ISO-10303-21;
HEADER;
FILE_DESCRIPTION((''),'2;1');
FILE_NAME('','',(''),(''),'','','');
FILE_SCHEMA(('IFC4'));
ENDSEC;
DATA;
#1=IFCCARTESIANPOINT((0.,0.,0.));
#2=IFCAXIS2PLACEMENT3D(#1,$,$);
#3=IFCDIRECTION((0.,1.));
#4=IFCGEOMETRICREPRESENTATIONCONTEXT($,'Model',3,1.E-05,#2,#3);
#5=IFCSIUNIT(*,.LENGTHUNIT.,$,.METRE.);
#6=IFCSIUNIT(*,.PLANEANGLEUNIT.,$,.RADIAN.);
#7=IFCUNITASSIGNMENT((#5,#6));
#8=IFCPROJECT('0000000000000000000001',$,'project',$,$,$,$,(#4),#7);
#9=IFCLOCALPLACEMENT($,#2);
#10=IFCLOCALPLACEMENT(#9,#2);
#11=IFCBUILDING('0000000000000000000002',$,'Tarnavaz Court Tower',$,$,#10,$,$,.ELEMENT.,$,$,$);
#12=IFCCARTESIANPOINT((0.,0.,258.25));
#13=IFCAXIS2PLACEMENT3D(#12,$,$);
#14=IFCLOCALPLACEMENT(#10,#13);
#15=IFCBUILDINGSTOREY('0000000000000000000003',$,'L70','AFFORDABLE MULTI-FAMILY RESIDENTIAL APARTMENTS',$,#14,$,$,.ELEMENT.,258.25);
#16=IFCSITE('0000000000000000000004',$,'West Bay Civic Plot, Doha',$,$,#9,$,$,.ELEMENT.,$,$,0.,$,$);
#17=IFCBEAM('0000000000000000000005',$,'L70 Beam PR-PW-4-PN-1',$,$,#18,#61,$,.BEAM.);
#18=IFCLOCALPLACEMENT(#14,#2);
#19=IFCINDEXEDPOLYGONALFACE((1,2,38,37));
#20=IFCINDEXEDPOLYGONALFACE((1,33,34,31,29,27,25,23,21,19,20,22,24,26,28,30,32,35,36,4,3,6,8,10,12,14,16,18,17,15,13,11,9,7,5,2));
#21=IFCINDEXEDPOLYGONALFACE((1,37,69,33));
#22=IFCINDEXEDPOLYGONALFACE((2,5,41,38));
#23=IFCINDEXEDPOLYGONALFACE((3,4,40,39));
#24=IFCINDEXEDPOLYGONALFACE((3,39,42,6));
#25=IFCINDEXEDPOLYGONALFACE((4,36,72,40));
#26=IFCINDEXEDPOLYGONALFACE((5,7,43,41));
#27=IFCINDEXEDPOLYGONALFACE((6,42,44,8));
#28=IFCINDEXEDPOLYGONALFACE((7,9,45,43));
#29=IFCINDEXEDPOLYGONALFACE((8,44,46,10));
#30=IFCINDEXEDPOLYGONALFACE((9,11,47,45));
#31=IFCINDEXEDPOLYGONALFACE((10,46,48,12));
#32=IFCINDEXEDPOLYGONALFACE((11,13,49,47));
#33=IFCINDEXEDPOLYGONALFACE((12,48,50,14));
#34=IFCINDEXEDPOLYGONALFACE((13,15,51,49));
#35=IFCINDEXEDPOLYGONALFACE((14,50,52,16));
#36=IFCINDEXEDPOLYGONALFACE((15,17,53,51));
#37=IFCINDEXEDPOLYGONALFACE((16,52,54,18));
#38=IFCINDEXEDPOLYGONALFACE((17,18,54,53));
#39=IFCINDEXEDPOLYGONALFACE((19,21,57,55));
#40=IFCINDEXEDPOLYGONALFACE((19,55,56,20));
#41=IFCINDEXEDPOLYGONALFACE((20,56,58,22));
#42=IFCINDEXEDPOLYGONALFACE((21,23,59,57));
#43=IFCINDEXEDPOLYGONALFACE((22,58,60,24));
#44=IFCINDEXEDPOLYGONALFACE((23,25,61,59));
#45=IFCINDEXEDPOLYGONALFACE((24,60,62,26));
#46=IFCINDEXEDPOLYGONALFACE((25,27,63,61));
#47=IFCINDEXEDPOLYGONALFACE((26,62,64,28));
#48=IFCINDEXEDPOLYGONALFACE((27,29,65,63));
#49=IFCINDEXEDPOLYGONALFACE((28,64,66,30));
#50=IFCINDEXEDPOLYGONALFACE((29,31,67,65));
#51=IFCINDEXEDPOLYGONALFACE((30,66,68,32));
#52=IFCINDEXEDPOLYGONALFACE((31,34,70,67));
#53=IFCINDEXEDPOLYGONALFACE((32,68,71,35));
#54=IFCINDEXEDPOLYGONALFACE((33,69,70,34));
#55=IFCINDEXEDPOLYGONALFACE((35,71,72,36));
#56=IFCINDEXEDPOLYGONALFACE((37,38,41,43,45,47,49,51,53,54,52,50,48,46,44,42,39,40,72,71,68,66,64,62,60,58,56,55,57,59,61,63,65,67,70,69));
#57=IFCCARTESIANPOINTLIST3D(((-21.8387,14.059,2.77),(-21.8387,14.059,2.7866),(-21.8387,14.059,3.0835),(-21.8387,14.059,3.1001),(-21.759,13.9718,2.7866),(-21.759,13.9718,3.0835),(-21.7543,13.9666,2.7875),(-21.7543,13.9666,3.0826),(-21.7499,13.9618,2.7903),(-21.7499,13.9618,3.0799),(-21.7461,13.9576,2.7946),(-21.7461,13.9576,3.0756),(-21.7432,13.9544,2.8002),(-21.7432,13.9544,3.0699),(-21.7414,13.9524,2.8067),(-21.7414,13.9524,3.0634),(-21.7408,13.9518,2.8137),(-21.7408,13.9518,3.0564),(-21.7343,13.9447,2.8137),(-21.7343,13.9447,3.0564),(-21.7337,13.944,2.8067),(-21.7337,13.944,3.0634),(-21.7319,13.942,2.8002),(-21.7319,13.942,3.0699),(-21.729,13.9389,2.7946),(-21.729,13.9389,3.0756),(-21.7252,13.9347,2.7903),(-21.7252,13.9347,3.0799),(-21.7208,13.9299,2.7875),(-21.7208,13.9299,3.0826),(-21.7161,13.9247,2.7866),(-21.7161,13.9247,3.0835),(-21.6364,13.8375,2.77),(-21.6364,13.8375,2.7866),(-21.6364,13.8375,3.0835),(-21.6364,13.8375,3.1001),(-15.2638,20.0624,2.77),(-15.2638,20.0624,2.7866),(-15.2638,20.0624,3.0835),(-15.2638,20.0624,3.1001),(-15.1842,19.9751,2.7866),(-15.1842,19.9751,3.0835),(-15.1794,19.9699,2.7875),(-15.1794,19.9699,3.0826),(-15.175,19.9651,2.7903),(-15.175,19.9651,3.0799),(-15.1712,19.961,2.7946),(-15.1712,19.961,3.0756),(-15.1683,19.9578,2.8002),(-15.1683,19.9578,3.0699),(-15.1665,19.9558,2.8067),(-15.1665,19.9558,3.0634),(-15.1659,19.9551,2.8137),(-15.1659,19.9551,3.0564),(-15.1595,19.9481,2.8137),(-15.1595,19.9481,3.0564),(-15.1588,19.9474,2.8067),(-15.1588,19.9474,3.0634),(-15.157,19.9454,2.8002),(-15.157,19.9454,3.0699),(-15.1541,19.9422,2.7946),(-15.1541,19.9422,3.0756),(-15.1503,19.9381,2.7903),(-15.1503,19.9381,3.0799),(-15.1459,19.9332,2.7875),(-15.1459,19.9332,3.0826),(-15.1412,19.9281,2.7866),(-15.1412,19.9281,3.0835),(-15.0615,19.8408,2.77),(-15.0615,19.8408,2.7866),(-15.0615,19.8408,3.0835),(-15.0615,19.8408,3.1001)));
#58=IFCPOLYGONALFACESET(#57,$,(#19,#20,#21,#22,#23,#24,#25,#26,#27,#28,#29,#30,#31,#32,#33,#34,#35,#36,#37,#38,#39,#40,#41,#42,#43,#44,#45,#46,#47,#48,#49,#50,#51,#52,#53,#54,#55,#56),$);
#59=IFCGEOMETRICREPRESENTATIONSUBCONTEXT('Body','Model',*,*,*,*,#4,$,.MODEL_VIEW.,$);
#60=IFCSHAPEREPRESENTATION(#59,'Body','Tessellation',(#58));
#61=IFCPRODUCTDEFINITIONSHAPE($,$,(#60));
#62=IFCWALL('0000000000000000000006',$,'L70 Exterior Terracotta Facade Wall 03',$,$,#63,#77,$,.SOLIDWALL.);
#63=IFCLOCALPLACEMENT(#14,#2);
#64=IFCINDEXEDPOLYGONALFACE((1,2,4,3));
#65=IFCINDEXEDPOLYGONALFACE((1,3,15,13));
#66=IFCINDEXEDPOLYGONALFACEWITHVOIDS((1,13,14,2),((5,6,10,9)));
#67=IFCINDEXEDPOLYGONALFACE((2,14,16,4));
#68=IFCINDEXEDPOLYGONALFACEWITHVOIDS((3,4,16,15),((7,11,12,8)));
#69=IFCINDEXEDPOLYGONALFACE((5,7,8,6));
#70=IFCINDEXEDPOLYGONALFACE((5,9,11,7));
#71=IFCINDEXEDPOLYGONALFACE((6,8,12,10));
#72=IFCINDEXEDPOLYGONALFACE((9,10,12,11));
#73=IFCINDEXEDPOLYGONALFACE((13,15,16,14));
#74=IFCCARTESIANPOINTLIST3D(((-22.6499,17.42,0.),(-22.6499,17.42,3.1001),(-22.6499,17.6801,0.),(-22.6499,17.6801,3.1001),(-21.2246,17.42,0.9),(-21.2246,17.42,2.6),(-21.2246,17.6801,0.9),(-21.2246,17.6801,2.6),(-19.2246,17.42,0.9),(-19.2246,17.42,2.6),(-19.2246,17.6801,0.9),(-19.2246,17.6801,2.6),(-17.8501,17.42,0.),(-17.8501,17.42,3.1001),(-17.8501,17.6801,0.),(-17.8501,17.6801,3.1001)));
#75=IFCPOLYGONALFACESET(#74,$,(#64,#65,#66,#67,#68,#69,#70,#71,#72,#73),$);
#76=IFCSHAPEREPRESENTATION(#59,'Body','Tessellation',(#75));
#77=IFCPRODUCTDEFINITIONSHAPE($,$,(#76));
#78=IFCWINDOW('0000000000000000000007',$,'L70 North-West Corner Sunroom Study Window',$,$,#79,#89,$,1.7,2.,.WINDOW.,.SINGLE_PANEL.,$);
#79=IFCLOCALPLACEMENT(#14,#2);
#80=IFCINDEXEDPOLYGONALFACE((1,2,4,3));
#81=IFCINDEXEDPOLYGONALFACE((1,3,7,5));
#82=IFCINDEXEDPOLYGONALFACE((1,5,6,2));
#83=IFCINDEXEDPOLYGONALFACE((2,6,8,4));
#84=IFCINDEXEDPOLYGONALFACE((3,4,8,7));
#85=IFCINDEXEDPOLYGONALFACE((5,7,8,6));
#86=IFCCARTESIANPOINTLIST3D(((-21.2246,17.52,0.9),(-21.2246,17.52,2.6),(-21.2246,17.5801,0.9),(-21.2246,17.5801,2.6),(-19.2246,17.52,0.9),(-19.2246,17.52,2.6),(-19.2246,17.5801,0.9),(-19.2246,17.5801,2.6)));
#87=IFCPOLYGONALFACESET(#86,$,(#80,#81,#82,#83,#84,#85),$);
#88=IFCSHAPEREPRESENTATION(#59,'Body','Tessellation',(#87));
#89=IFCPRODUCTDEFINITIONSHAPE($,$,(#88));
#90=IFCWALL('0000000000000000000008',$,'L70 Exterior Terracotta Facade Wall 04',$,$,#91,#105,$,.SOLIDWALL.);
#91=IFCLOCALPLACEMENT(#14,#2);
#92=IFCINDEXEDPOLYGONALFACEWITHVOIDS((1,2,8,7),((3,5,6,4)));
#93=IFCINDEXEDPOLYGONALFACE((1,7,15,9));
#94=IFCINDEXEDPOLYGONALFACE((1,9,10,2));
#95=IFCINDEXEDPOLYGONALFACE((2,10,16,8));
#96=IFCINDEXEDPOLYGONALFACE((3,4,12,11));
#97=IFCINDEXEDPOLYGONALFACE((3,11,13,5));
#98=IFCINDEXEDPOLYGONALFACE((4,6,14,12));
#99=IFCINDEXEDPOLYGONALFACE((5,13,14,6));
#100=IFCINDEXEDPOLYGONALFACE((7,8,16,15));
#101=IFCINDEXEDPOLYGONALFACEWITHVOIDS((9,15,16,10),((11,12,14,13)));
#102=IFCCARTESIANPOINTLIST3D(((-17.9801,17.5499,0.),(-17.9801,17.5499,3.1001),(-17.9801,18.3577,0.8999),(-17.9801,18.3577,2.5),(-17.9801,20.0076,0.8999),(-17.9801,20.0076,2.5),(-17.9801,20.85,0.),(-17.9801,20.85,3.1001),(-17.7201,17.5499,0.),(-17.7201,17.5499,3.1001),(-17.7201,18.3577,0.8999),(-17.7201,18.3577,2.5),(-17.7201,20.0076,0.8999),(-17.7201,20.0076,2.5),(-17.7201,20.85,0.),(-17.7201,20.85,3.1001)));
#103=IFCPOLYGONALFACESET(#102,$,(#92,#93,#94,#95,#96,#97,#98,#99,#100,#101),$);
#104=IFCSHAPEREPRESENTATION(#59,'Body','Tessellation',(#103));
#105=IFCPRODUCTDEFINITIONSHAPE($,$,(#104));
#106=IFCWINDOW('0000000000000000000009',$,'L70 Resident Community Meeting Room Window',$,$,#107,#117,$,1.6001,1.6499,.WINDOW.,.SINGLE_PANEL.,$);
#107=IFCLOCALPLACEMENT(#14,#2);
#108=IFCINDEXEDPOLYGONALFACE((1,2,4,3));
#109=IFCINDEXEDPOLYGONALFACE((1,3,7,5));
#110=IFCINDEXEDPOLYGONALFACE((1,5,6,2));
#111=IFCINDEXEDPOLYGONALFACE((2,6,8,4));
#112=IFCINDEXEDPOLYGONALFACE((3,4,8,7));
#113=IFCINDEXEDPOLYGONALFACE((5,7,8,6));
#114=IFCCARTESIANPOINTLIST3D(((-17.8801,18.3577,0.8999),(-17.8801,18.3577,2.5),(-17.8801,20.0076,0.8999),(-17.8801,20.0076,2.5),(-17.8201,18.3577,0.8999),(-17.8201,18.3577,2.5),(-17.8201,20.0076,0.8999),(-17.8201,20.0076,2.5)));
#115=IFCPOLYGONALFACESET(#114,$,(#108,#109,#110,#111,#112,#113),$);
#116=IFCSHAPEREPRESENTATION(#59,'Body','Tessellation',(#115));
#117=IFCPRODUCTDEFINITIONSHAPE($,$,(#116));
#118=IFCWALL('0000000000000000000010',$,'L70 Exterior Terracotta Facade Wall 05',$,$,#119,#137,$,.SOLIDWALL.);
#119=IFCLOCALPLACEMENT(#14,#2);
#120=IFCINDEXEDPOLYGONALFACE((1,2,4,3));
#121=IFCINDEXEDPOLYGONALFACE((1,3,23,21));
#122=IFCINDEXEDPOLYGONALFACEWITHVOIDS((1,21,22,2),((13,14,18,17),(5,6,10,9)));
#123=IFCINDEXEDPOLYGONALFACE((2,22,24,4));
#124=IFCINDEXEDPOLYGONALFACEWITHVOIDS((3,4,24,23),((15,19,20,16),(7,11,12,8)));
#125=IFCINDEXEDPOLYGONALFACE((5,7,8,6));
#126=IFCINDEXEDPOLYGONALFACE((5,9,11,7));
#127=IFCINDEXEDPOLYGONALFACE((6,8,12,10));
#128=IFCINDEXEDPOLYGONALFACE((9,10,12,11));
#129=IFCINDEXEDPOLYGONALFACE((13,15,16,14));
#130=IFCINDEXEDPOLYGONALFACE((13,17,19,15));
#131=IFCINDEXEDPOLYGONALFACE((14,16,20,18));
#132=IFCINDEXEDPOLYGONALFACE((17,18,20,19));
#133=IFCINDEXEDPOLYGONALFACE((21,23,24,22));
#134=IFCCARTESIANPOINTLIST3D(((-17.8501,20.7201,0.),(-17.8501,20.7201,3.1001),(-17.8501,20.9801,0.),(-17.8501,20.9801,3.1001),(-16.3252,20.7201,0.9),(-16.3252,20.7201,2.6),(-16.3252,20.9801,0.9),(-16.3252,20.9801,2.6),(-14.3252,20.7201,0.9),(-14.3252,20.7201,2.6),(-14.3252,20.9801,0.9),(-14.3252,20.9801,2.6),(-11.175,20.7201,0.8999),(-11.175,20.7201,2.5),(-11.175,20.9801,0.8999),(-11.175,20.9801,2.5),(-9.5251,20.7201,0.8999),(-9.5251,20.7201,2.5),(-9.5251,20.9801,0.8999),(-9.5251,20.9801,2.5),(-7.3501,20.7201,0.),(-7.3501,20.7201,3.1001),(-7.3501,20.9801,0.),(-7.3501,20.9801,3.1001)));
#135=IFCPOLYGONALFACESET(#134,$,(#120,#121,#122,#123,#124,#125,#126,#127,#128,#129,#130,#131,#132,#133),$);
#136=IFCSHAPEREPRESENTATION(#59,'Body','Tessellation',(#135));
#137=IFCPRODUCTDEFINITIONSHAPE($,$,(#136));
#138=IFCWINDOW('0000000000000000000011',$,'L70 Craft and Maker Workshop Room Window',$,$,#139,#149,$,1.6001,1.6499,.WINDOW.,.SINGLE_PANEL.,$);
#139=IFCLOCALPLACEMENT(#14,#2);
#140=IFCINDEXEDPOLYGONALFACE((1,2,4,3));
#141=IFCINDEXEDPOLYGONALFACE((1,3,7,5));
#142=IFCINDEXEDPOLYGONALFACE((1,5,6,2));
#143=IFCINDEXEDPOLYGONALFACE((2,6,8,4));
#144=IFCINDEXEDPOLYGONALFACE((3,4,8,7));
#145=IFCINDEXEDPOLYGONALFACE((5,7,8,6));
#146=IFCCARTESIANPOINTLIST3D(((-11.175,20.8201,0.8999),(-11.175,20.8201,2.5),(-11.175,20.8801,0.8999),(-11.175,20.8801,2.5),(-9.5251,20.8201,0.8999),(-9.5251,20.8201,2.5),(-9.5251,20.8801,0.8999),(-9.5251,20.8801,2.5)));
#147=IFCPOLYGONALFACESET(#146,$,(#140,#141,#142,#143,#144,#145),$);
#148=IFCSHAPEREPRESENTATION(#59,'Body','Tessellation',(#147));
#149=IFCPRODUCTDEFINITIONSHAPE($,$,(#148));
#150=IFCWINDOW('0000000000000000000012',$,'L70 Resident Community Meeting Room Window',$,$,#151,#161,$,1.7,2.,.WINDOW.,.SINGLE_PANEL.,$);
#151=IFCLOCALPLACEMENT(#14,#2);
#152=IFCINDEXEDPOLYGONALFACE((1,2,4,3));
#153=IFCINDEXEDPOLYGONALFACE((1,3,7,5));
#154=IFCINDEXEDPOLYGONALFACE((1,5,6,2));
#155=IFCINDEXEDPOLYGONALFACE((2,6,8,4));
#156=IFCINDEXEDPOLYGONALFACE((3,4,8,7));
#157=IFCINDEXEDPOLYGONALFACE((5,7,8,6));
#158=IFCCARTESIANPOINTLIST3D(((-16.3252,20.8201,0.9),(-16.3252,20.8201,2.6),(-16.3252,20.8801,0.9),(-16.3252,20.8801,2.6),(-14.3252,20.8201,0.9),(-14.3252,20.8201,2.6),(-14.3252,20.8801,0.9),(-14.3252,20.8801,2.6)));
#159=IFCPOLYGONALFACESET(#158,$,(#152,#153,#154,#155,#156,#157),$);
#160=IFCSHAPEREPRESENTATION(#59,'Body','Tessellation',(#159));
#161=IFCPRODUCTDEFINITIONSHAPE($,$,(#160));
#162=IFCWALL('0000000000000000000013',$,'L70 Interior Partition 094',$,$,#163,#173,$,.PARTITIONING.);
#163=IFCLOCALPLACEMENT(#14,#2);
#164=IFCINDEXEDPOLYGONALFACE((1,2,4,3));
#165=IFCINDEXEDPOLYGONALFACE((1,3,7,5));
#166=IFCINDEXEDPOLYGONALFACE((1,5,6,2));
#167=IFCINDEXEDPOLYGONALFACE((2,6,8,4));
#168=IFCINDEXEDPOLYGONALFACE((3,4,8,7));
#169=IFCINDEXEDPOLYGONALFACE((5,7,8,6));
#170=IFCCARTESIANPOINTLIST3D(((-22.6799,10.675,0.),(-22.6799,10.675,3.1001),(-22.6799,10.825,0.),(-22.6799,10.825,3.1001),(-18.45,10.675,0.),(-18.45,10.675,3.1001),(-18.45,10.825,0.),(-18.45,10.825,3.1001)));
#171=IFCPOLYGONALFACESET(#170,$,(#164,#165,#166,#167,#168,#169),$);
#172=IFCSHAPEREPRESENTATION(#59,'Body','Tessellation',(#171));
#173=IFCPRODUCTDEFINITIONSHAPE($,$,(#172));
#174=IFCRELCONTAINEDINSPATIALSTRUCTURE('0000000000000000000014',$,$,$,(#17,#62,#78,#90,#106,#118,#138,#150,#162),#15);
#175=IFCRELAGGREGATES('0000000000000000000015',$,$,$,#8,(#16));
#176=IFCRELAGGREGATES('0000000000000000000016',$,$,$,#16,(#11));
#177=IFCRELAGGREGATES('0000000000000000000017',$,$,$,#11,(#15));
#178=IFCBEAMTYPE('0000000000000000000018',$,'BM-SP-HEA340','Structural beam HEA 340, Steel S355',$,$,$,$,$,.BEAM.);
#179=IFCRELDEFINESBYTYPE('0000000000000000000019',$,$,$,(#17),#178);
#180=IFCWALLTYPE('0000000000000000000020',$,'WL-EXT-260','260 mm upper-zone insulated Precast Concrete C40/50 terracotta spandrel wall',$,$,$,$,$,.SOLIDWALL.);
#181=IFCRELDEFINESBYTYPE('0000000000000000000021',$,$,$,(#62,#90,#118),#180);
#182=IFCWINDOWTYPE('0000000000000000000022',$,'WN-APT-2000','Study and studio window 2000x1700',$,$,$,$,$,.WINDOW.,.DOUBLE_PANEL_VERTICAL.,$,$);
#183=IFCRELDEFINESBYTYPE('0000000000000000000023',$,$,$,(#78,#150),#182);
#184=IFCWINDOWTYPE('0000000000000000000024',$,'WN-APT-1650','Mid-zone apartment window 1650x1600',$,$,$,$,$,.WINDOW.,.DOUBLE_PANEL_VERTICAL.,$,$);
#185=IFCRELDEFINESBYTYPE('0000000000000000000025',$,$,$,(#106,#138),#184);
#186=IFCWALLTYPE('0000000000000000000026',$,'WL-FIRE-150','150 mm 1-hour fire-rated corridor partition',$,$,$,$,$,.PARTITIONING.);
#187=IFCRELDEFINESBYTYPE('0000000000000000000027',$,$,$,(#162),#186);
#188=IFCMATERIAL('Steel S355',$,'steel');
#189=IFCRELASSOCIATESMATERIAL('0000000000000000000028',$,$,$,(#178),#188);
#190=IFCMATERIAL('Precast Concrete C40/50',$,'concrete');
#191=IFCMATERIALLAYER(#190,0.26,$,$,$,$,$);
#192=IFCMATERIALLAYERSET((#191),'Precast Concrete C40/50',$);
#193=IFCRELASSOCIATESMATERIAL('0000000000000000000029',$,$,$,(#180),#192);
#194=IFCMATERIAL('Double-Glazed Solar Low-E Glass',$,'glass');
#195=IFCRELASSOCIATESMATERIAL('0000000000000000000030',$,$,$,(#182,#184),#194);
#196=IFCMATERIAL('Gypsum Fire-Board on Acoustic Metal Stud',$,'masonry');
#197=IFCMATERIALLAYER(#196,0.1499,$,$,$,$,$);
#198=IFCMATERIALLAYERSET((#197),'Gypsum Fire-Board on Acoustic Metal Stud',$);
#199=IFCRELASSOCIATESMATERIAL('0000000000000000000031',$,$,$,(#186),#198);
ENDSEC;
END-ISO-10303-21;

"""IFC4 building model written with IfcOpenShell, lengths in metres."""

from ifc_helpers import new_model, si_unit, direction, frame, frame_2d, origin, origin_2d, place, context, subcontext, project, spatial, rectangle, i_section, extrude, material, layer, layer_set, material_profile, profile_set, type_object, element, fill, save


model = new_model("IFC4")

# Units and contexts
model_context = context("Model", 3, precision=1e-05, world=origin(), true_north=direction((0.0, 1.0)))
body_context = subcontext(model_context, "Body", "Model", "MODEL_VIEW")
ifc_project = project(units=[si_unit("LENGTHUNIT", "METRE"), si_unit("PLANEANGLEUNIT", "RADIAN")], contexts=[model_context])

# Site, building, storey
site_placement = place(None, origin())
site = spatial("IfcSite", under=ifc_project, at=site_placement, Name="West Bay Civic Plot, Doha", CompositionType="ELEMENT", RefElevation=0.0)
building_placement = place(site_placement, origin())
building = spatial("IfcBuilding", under=site, at=building_placement, Name="Tarnavaz Court Tower", CompositionType="ELEMENT")
storey_placement = place(building_placement, frame((0.0, 0.0, 258.25)))
storey = spatial("IfcBuildingStorey", under=building, at=storey_placement, Name="L70", Description="AFFORDABLE MULTI-FAMILY RESIDENTIAL APARTMENTS", CompositionType="ELEMENT", Elevation=258.25)

# Beam
ifc_material_1 = material(Name="Steel S355", Category="steel")
ifc_material_profile_1 = material_profile(ifc_material_1, i_section(OverallWidth=0.3, OverallDepth=0.3301, WebThickness=0.0095, FlangeThickness=0.0166, FilletRadius=0.0271, at=origin_2d()), Name="HEA 340")
ifc_profile_set_1 = profile_set([ifc_material_profile_1], Name="Steel S355")
beam_type_1 = type_object("IfcBeamType", Name="BM-SP-HEA340", Description="Structural beam HEA 340, Steel S355", PredefinedType="BEAM", material=ifc_profile_set_1)
beam_1_placement = place(storey_placement, frame((-21.7375, 13.9482, 2.9351), z_axis=(0.738474, 0.674282, 0.0), x_axis=(-0.674282, 0.738474, 0.0)))
element("IfcBeam", 1, at=beam_1_placement, inside=storey, type_object=beam_type_1, Name="L70 Beam PR-PW-4-PN-1", PredefinedType="BEAM", context=body_context, shape_type="SweptSolid", body=[
    extrude(i_section(OverallWidth=0.3, OverallDepth=0.3301, WebThickness=0.0095, FlangeThickness=0.0166, FilletRadius=0.0271, at=origin_2d()), origin(), (0.0, 0.0, 1.0), 8.9033),
])

# Walls, openings, windows
ifc_material_2 = material(Name="Precast Concrete C40/50", Category="concrete")
ifc_layer_1 = layer(ifc_material_2, 0.26)
ifc_layer_set_1 = layer_set([ifc_layer_1], Name="Precast Concrete C40/50")
wall_type_1 = type_object("IfcWallType", Name="WL-EXT-260", Description="260 mm upper-zone insulated Precast Concrete C40/50 terracotta spandrel wall", PredefinedType="SOLIDWALL", material=ifc_layer_set_1)
wall_1_placement = place(storey_placement, frame((-22.6499, 17.55, 0.0), z_axis=(0.0, 0.0, 1.0), x_axis=(1.0, 0.0, 0.0)))
wall_1 = element("IfcWall", 2, at=wall_1_placement, inside=storey, type_object=wall_type_1, Name="L70 Exterior Terracotta Facade Wall 03", PredefinedType="SOLIDWALL", context=body_context, shape_type="SweptSolid", body=[
    extrude(rectangle(XDim=4.7998, YDim=0.26, at=frame_2d((2.3999, 0.0))), origin(), (0.0, 0.0, 1.0), 3.1001),
])
opening_1_placement = place(wall_1_placement, frame((1.4253, 0.0, 0.8999)))
opening_1 = element("IfcOpeningElement", 3, at=opening_1_placement, cuts=wall_1, PredefinedType="OPENING", context=body_context, shape_type="SweptSolid", body=[
    extrude(rectangle(XDim=2.0, YDim=1.7, at=frame_2d((1.0, 0.8501))), frame((0.0, 0.1399, 0.0), z_axis=(0.0, -1.0, 0.0), x_axis=(1.0, 0.0, 0.0)), (0.0, 0.0, 1.0), 0.28),
])
ifc_material_3 = material(Name="Double-Glazed Solar Low-E Glass", Category="glass")
window_type_1 = type_object("IfcWindowType", Name="WN-APT-2000", Description="Study and studio window 2000x1700", PartitioningType="DOUBLE_PANEL_VERTICAL", PredefinedType="WINDOW", material=ifc_material_3)
window_1_placement = place(opening_1_placement, origin())
window_1 = element("IfcWindow", 4, at=window_1_placement, inside=storey, type_object=window_type_1, Name="L70 North-West Corner Sunroom Study Window", OverallHeight=1.7, OverallWidth=2.0, PartitioningType="SINGLE_PANEL", PredefinedType="WINDOW", context=body_context, shape_type="SweptSolid", body=[
    extrude(rectangle(XDim=2.0, YDim=1.7, at=frame_2d((1.0, 0.8501))), frame((0.0, 0.03, 0.0), z_axis=(0.0, -1.0, 0.0), x_axis=(1.0, 0.0, 0.0)), (0.0, 0.0, 1.0), 0.0601),
])
fill(opening_1, window_1)
wall_2_placement = place(storey_placement, frame((-17.8501, 17.55, 0.0), z_axis=(0.0, 0.0, 1.0), x_axis=(0.0, 1.0, 0.0)))
wall_2 = element("IfcWall", 5, at=wall_2_placement, inside=storey, type_object=wall_type_1, Name="L70 Exterior Terracotta Facade Wall 04", PredefinedType="SOLIDWALL", context=body_context, shape_type="SweptSolid", body=[
    extrude(rectangle(XDim=3.3, YDim=0.26, at=frame_2d((1.6499, 0.0))), origin(), (0.0, 0.0, 1.0), 3.1001),
])
opening_2_placement = place(wall_2_placement, frame((0.8076, 0.0, 0.8999)))
opening_2 = element("IfcOpeningElement", 6, at=opening_2_placement, cuts=wall_2, PredefinedType="OPENING", context=body_context, shape_type="SweptSolid", body=[
    extrude(rectangle(XDim=1.6499, YDim=1.6001, at=frame_2d((0.825, 0.8))), frame((0.0, 0.1399, 0.0), z_axis=(0.0, -1.0, 0.0), x_axis=(1.0, 0.0, 0.0)), (0.0, 0.0, 1.0), 0.28),
])
window_type_2 = type_object("IfcWindowType", Name="WN-APT-1650", Description="Mid-zone apartment window 1650x1600", PartitioningType="DOUBLE_PANEL_VERTICAL", PredefinedType="WINDOW", material=ifc_material_3)
window_2_placement = place(opening_2_placement, origin())
window_2 = element("IfcWindow", 7, at=window_2_placement, inside=storey, type_object=window_type_2, Name="L70 Resident Community Meeting Room Window", OverallHeight=1.6001, OverallWidth=1.6499, PartitioningType="SINGLE_PANEL", PredefinedType="WINDOW", context=body_context, shape_type="SweptSolid", body=[
    extrude(rectangle(XDim=1.6499, YDim=1.6001, at=frame_2d((0.825, 0.8))), frame((0.0, 0.03, 0.0), z_axis=(0.0, -1.0, 0.0), x_axis=(1.0, 0.0, 0.0)), (0.0, 0.0, 1.0), 0.0601),
])
fill(opening_2, window_2)

# Wall, openings, windows
wall_3_placement = place(storey_placement, frame((-17.8501, 20.8501, 0.0), z_axis=(0.0, 0.0, 1.0), x_axis=(1.0, 0.0, 0.0)))
wall_3 = element("IfcWall", 8, at=wall_3_placement, inside=storey, type_object=wall_type_1, Name="L70 Exterior Terracotta Facade Wall 05", PredefinedType="SOLIDWALL", context=body_context, shape_type="SweptSolid", body=[
    extrude(rectangle(XDim=10.5, YDim=0.26, at=frame_2d((5.25, 0.0))), origin(), (0.0, 0.0, 1.0), 3.1001),
])
opening_3_placement = place(wall_3_placement, frame((1.5249, 0.0, 0.8999)))
opening_3 = element("IfcOpeningElement", 9, at=opening_3_placement, cuts=wall_3, PredefinedType="OPENING", context=body_context, shape_type="SweptSolid", body=[
    extrude(rectangle(XDim=2.0, YDim=1.7, at=frame_2d((1.0, 0.8501))), frame((0.0, 0.1399, 0.0), z_axis=(0.0, -1.0, 0.0), x_axis=(1.0, 0.0, 0.0)), (0.0, 0.0, 1.0), 0.28),
])
opening_4_placement = place(wall_3_placement, frame((6.675, 0.0, 0.8999)))
opening_4 = element("IfcOpeningElement", 10, at=opening_4_placement, cuts=wall_3, PredefinedType="OPENING", context=body_context, shape_type="SweptSolid", body=[
    extrude(rectangle(XDim=1.6499, YDim=1.6001, at=frame_2d((0.825, 0.8))), frame((0.0, 0.1399, 0.0), z_axis=(0.0, -1.0, 0.0), x_axis=(1.0, 0.0, 0.0)), (0.0, 0.0, 1.0), 0.28),
])
window_3_placement = place(opening_4_placement, origin())
window_3 = element("IfcWindow", 11, at=window_3_placement, inside=storey, type_object=window_type_2, Name="L70 Craft and Maker Workshop Room Window", OverallHeight=1.6001, OverallWidth=1.6499, PartitioningType="SINGLE_PANEL", PredefinedType="WINDOW", context=body_context, shape_type="SweptSolid", body=[
    extrude(rectangle(XDim=1.6499, YDim=1.6001, at=frame_2d((0.825, 0.8))), frame((0.0, 0.03, 0.0), z_axis=(0.0, -1.0, 0.0), x_axis=(1.0, 0.0, 0.0)), (0.0, 0.0, 1.0), 0.0601),
])
fill(opening_4, window_3)
window_4_placement = place(opening_3_placement, origin())
window_4 = element("IfcWindow", 12, at=window_4_placement, inside=storey, type_object=window_type_1, Name="L70 Resident Community Meeting Room Window", OverallHeight=1.7, OverallWidth=2.0, PartitioningType="SINGLE_PANEL", PredefinedType="WINDOW", context=body_context, shape_type="SweptSolid", body=[
    extrude(rectangle(XDim=2.0, YDim=1.7, at=frame_2d((1.0, 0.8501))), frame((0.0, 0.03, 0.0), z_axis=(0.0, -1.0, 0.0), x_axis=(1.0, 0.0, 0.0)), (0.0, 0.0, 1.0), 0.0601),
])
fill(opening_3, window_4)

# Shared definitions
ifc_material_4 = material(Name="Gypsum Fire-Board on Acoustic Metal Stud", Category="masonry")
ifc_layer_2 = layer(ifc_material_4, 0.1499)
ifc_layer_set_2 = layer_set([ifc_layer_2], Name="Gypsum Fire-Board on Acoustic Metal Stud")
wall_type_2 = type_object("IfcWallType", Name="WL-FIRE-150", Description="150 mm 1-hour fire-rated corridor partition", PredefinedType="PARTITIONING", material=ifc_layer_set_2)

# Wall
wall_4_placement = place(storey_placement, frame((-22.6799, 10.75, 0.0), z_axis=(0.0, 0.0, 1.0), x_axis=(1.0, 0.0, 0.0)))
element("IfcWall", 13, at=wall_4_placement, inside=storey, type_object=wall_type_2, Name="L70 Interior Partition 094", PredefinedType="PARTITIONING", context=body_context, shape_type="SweptSolid", body=[
    extrude(rectangle(XDim=4.23, YDim=0.1499, at=frame_2d((2.115, 0.0))), origin(), (0.0, 0.0, 1.0), 3.1001),
])

save(model, "model.ifc")
